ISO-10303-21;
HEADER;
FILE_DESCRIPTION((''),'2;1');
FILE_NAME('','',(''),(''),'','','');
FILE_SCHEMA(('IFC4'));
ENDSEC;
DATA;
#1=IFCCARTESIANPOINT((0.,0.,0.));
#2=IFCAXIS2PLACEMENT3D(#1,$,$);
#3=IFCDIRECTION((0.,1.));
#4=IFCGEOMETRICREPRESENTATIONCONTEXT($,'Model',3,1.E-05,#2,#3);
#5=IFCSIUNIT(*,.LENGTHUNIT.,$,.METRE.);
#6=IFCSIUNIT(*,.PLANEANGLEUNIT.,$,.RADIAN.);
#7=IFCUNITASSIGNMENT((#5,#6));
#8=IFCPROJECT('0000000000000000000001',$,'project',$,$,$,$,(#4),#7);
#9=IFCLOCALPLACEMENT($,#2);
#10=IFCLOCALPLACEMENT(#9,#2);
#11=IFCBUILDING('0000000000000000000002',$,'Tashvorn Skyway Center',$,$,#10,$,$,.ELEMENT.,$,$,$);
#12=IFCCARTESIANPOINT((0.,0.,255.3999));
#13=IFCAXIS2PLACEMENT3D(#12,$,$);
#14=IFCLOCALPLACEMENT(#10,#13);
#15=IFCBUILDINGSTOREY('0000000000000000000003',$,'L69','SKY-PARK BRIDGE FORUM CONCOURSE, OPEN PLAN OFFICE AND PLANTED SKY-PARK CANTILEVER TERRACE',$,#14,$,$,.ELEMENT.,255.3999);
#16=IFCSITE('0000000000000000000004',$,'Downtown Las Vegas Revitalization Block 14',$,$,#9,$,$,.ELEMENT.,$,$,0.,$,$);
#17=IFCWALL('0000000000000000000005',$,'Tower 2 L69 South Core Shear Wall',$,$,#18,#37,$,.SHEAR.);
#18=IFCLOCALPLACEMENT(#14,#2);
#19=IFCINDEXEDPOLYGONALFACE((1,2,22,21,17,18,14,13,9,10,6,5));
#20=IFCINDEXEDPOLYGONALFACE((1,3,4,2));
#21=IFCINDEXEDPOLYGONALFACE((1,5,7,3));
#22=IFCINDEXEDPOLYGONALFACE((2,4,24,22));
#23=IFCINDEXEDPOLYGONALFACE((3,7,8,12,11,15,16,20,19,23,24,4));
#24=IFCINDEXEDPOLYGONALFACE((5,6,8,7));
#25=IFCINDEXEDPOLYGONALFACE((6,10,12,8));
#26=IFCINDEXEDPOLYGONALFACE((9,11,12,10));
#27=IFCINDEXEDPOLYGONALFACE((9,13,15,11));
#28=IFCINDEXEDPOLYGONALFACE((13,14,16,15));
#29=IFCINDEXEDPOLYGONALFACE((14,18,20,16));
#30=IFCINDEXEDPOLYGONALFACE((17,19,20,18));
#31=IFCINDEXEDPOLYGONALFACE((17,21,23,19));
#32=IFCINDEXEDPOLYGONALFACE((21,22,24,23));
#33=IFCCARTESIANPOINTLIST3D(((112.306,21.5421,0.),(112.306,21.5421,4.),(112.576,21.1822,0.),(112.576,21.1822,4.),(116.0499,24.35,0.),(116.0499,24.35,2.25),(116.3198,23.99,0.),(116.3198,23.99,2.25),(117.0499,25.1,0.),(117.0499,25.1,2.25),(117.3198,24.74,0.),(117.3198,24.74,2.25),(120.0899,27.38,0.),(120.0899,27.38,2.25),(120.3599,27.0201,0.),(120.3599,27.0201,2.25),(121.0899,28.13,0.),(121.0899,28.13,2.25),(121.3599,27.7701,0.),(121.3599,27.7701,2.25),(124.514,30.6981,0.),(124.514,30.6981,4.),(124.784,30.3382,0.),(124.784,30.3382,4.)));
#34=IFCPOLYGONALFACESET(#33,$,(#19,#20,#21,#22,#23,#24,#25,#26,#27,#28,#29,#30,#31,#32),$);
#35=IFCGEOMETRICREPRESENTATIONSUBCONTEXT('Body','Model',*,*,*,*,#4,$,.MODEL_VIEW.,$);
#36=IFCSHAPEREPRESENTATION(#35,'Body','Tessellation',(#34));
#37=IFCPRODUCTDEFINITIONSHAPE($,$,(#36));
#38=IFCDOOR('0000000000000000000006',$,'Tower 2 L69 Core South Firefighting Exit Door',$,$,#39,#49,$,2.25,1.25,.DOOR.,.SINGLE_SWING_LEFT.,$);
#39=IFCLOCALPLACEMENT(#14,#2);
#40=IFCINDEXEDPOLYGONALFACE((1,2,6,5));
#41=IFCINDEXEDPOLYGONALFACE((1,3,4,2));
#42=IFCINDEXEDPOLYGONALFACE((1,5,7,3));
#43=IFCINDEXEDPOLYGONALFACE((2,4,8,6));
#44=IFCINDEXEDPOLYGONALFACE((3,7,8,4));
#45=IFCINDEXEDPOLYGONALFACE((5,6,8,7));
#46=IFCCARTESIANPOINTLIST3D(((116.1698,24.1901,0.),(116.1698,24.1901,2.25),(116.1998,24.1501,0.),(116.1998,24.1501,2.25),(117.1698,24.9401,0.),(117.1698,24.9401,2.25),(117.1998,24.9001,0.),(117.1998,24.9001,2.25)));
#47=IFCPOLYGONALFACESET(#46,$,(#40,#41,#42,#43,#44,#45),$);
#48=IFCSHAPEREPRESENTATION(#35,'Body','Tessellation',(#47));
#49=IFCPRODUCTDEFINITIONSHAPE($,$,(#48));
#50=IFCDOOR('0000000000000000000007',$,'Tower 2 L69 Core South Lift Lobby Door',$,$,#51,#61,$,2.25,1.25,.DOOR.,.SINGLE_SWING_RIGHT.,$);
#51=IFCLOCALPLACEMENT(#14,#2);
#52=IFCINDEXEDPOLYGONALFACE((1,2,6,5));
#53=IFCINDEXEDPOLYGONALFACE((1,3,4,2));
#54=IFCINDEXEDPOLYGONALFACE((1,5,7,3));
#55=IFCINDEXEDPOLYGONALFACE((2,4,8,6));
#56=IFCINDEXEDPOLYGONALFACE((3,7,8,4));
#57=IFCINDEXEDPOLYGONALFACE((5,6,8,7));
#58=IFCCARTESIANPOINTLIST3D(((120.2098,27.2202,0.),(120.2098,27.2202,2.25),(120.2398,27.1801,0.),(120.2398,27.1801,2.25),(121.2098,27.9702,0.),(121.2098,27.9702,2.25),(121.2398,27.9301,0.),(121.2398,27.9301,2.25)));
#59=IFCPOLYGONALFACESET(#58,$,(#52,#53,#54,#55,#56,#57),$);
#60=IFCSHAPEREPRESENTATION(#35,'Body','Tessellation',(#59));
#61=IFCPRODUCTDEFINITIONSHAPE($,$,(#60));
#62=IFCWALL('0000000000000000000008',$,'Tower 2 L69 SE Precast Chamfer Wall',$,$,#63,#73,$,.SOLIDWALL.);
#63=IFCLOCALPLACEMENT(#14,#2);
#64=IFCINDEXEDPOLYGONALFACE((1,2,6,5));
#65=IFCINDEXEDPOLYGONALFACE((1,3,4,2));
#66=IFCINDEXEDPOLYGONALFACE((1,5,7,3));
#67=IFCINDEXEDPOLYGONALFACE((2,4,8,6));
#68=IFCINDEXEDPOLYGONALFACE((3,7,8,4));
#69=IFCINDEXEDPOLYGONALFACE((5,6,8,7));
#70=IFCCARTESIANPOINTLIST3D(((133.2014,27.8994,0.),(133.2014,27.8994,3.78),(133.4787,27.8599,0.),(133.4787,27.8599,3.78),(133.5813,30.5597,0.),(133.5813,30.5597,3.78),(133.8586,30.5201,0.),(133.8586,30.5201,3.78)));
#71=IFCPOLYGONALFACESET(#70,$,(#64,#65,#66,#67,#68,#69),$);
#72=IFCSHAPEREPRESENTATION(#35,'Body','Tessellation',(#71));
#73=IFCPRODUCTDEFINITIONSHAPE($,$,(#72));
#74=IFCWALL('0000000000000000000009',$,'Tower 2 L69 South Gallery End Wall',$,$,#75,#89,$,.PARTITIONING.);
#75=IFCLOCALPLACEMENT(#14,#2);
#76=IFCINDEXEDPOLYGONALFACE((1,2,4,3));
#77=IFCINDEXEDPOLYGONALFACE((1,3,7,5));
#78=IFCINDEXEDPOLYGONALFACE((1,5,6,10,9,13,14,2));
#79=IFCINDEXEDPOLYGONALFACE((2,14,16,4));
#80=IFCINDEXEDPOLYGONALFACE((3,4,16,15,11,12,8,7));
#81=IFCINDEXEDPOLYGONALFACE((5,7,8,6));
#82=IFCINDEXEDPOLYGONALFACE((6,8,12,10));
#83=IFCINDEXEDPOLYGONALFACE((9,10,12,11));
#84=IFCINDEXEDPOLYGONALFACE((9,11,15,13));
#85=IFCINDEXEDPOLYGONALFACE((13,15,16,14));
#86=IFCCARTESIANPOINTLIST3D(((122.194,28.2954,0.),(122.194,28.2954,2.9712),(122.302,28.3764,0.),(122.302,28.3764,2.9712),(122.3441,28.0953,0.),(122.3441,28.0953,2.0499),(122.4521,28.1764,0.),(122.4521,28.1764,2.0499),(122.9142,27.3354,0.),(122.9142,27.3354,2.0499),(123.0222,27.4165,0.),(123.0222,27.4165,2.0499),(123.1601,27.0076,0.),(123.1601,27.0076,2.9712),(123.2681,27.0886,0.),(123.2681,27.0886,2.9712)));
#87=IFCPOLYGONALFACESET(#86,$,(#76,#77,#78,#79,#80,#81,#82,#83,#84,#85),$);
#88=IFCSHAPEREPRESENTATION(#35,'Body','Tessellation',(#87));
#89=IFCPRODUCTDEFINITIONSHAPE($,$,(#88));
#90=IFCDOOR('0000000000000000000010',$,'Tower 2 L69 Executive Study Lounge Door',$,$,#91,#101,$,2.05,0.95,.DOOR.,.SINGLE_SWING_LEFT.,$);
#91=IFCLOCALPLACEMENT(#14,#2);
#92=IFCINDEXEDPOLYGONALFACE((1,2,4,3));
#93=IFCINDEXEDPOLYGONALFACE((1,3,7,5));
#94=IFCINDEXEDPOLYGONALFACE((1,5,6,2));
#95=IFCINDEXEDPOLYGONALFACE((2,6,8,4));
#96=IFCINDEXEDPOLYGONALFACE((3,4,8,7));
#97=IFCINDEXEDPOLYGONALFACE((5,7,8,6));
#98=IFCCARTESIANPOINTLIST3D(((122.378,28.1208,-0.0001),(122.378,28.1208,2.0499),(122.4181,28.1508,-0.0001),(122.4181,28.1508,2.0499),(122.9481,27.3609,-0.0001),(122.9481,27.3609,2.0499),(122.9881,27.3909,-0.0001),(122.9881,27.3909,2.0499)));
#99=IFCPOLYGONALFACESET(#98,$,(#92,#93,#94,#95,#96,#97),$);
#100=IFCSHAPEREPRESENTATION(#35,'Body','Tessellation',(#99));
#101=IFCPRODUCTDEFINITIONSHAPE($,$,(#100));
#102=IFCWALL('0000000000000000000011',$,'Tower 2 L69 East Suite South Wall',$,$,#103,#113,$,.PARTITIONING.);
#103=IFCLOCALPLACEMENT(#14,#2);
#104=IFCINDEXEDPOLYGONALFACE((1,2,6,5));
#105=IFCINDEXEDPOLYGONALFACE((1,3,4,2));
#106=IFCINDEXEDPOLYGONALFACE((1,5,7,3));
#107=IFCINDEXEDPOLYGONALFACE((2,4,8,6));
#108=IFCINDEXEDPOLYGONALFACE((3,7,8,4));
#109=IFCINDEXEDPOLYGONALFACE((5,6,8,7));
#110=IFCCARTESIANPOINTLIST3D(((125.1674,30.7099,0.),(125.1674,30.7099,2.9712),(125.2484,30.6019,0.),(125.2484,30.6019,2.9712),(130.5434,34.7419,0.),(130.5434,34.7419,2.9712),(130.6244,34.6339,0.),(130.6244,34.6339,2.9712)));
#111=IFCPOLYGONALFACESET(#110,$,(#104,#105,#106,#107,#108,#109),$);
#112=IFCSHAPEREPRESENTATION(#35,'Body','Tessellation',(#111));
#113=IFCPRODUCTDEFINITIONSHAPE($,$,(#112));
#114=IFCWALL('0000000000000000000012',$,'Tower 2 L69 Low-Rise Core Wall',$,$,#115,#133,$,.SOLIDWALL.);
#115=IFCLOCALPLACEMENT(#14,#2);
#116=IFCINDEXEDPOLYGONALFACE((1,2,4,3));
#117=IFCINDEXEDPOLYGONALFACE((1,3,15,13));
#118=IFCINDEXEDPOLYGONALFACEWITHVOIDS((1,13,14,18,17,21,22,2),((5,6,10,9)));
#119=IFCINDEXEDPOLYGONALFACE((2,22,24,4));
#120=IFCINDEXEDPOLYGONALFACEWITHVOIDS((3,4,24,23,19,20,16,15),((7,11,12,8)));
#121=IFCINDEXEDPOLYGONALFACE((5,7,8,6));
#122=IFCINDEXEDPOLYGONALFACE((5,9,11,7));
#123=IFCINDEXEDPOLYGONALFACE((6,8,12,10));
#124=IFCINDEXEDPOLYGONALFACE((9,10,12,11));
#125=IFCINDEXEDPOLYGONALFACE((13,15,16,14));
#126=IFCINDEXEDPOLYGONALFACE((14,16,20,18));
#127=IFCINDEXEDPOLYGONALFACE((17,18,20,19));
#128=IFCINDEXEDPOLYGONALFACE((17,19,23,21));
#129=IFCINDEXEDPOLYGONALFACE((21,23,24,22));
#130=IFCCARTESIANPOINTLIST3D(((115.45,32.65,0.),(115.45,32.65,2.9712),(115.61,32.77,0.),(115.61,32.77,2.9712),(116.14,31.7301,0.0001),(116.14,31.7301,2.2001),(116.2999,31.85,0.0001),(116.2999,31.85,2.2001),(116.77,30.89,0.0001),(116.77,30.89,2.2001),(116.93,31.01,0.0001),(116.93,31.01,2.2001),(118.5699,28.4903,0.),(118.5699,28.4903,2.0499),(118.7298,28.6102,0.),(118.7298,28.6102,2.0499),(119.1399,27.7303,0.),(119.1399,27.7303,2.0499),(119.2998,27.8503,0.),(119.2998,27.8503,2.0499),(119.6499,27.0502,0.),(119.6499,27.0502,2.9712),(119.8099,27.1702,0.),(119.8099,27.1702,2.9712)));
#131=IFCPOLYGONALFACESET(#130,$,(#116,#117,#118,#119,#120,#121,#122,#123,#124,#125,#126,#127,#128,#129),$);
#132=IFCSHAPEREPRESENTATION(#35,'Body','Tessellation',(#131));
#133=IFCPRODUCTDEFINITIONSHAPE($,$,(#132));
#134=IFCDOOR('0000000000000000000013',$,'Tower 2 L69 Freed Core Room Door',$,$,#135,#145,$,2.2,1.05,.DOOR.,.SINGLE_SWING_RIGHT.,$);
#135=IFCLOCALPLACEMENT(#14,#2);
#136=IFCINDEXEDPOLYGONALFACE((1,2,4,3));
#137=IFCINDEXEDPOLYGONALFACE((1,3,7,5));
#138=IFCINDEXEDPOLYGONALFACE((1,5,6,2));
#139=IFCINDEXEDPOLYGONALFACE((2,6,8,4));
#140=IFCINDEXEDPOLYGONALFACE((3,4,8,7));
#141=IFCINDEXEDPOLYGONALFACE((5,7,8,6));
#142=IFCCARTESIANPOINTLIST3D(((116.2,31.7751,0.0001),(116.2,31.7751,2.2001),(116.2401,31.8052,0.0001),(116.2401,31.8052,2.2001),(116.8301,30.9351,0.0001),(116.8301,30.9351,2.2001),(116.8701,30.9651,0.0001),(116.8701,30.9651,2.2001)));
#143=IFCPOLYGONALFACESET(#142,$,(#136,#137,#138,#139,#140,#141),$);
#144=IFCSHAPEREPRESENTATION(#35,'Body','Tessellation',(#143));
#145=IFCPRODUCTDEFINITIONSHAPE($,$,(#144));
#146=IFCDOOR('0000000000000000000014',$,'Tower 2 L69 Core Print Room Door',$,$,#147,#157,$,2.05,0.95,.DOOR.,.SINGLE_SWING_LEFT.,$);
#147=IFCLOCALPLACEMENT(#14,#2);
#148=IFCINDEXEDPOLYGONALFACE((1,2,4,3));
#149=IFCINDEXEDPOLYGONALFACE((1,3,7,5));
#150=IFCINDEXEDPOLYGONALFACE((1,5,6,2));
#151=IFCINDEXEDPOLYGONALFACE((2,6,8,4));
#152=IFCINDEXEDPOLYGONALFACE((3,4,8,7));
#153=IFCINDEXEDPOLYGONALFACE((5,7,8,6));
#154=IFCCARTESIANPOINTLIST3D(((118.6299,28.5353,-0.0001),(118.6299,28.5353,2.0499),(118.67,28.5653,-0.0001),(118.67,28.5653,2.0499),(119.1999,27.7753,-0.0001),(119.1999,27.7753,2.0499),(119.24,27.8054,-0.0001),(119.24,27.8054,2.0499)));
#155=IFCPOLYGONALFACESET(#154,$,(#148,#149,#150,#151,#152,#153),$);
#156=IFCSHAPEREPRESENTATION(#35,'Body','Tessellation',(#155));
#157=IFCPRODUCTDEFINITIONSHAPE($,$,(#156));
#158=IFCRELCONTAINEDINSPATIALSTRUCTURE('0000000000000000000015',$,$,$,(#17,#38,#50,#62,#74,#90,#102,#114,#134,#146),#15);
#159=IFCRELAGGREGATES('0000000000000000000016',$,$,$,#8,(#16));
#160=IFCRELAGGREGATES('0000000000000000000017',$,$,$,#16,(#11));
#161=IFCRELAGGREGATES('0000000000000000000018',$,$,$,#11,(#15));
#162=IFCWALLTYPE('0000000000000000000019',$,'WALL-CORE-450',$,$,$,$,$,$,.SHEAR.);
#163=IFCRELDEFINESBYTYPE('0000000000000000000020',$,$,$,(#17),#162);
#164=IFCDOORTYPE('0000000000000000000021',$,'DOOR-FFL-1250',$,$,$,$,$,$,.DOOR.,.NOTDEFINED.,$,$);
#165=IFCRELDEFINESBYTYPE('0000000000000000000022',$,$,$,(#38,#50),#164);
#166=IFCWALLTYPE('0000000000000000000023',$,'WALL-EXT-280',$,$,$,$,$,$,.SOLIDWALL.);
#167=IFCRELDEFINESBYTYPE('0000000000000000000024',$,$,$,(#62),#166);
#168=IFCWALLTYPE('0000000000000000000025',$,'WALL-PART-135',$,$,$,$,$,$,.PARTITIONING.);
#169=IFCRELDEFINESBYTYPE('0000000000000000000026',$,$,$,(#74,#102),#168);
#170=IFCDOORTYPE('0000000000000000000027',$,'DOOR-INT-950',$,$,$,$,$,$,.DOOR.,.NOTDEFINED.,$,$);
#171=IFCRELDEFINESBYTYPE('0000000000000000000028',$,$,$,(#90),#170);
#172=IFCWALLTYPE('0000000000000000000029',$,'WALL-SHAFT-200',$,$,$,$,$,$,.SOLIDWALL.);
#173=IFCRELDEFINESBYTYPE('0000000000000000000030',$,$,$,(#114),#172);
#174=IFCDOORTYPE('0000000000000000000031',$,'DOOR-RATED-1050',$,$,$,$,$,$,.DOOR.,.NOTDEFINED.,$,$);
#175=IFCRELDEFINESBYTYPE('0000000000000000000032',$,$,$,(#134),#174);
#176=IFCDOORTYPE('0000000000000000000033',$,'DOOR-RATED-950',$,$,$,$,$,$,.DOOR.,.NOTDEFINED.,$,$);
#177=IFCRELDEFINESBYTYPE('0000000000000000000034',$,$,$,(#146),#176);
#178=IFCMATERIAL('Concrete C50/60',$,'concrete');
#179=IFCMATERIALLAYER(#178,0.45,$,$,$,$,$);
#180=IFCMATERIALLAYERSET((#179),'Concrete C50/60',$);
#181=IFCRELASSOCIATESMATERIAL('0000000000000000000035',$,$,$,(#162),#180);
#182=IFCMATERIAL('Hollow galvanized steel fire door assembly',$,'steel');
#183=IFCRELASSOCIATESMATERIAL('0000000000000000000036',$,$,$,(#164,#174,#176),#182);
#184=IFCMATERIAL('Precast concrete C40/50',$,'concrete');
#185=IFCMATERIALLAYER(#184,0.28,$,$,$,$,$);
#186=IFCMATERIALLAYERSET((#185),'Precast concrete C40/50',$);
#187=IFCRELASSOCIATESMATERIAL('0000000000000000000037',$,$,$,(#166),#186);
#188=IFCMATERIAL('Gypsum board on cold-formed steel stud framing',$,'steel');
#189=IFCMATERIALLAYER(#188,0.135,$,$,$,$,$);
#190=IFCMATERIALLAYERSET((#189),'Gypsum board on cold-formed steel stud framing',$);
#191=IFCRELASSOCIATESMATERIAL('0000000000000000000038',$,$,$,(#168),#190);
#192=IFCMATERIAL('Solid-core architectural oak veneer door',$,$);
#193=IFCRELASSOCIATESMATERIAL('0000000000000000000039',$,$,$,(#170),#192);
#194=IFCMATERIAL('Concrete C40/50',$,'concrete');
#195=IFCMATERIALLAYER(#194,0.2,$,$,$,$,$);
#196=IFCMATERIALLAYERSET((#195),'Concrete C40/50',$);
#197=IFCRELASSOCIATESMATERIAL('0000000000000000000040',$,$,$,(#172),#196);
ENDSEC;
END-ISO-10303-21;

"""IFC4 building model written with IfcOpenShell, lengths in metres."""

from ifc_helpers import new_model, si_unit, direction, frame, frame_2d, origin, place, context, subcontext, project, spatial, rectangle, extrude, material, layer, layer_set, type_object, element, fill, save


model = new_model("IFC4")

# Units and contexts
model_context = context("Model", 3, precision=1e-05, world=origin(), true_north=direction((0.0, 1.0)))
body_context = subcontext(model_context, "Body", "Model", "MODEL_VIEW")
ifc_project = project(units=[si_unit("LENGTHUNIT", "METRE"), si_unit("PLANEANGLEUNIT", "RADIAN")], contexts=[model_context])

# Site, building, storey
site_placement = place(None, origin())
site = spatial("IfcSite", under=ifc_project, at=site_placement, Name="Downtown Las Vegas Revitalization Block 14", CompositionType="ELEMENT", RefElevation=0.0)
building_placement = place(site_placement, origin())
building = spatial("IfcBuilding", under=site, at=building_placement, Name="Tashvorn Skyway Center", CompositionType="ELEMENT")
storey_placement = place(building_placement, frame((0.0, 0.0, 255.3999)))
storey = spatial("IfcBuildingStorey", under=building, at=storey_placement, Name="L69", Description="SKY-PARK BRIDGE FORUM CONCOURSE, OPEN PLAN OFFICE AND PLANTED SKY-PARK CANTILEVER TERRACE", CompositionType="ELEMENT", Elevation=255.3999)

# Wall, openings, doors
ifc_material_1 = material(Name="Concrete C50/60", Category="concrete")
ifc_layer_1 = layer(ifc_material_1, 0.45)
ifc_layer_set_1 = layer_set([ifc_layer_1], Name="Concrete C50/60")
wall_type_1 = type_object("IfcWallType", Name="WALL-CORE-450", PredefinedType="SHEAR", material=ifc_layer_set_1)
wall_1_placement = place(storey_placement, frame((124.6489, 30.5181, 0.0), z_axis=(0.0, 0.0, 1.0), x_axis=(-0.8, -0.6, 0.0)))
wall_1 = element("IfcWall", 1, at=wall_1_placement, inside=storey, type_object=wall_type_1, Name="Tower 2 L69 South Core Shear Wall", PredefinedType="SHEAR", context=body_context, shape_type="SweptSolid", body=[
    extrude(rectangle(XDim=15.26, YDim=0.45, at=frame_2d((7.6299, 0.0))), origin(), (0.0, 0.0, 1.0), 4.0),
])
opening_1_placement = place(wall_1_placement, frame((9.3301, 0.0, 0.0)))
opening_1 = element("IfcOpeningElement", 2, at=opening_1_placement, cuts=wall_1, PredefinedType="OPENING", context=body_context, shape_type="SweptSolid", body=[
    extrude(rectangle(XDim=1.25, YDim=2.25, at=frame_2d((0.625, 1.125))), frame((0.0, 0.2349, 0.0), z_axis=(0.0, -1.0, 0.0), x_axis=(1.0, 0.0, 0.0)), (0.0, 0.0, 1.0), 0.47),
])
opening_2_placement = place(wall_1_placement, frame((4.28, 0.0, 0.0)))
opening_2 = element("IfcOpeningElement", 3, at=opening_2_placement, cuts=wall_1, PredefinedType="OPENING", context=body_context, shape_type="SweptSolid", body=[
    extrude(rectangle(XDim=1.25, YDim=2.25, at=frame_2d((0.625, 1.125))), frame((0.0, 0.2349, 0.0), z_axis=(0.0, -1.0, 0.0), x_axis=(1.0, 0.0, 0.0)), (0.0, 0.0, 1.0), 0.47),
])
ifc_material_2 = material(Name="Hollow galvanized steel fire door assembly", Category="steel")
door_type_1 = type_object("IfcDoorType", Name="DOOR-FFL-1250", OperationType="NOTDEFINED", PredefinedType="DOOR", material=ifc_material_2)
door_1_placement = place(opening_1_placement, origin())
door_1 = element("IfcDoor", 4, at=door_1_placement, inside=storey, type_object=door_type_1, Name="Tower 2 L69 Core South Firefighting Exit Door", OperationType="SINGLE_SWING_LEFT", OverallHeight=2.25, OverallWidth=1.25, PredefinedType="DOOR", context=body_context, shape_type="SweptSolid", body=[
    extrude(rectangle(XDim=1.25, YDim=2.25, at=frame_2d((0.625, 1.125))), frame((0.0, 0.0249, 0.0), z_axis=(0.0, -1.0, 0.0), x_axis=(1.0, 0.0, 0.0)), (0.0, 0.0, 1.0), 0.05),
])
fill(opening_1, door_1)
door_2_placement = place(opening_2_placement, origin())
door_2 = element("IfcDoor", 5, at=door_2_placement, inside=storey, type_object=door_type_1, Name="Tower 2 L69 Core South Lift Lobby Door", OperationType="SINGLE_SWING_RIGHT", OverallHeight=2.25, OverallWidth=1.25, PredefinedType="DOOR", context=body_context, shape_type="SweptSolid", body=[
    extrude(rectangle(XDim=1.25, YDim=2.25, at=frame_2d((0.625, 1.125))), frame((0.0, 0.0249, 0.0), z_axis=(0.0, -1.0, 0.0), x_axis=(1.0, 0.0, 0.0)), (0.0, 0.0, 1.0), 0.05),
])
fill(opening_2, door_2)

# Wall
ifc_material_3 = material(Name="Precast concrete C40/50", Category="concrete")
ifc_layer_2 = layer(ifc_material_3, 0.28)
ifc_layer_set_2 = layer_set([ifc_layer_2], Name="Precast concrete C40/50")
wall_type_2 = type_object("IfcWallType", Name="WALL-EXT-280", PredefinedType="SOLIDWALL", material=ifc_layer_set_2)
wall_2_placement = place(storey_placement, frame((133.72, 30.54, 0.0), z_axis=(0.0, 0.0, 1.0), x_axis=(-0.14137, -0.989957, 0.0)))
element("IfcWall", 6, at=wall_2_placement, inside=storey, type_object=wall_type_2, Name="Tower 2 L69 SE Precast Chamfer Wall", PredefinedType="SOLIDWALL", context=body_context, shape_type="SweptSolid", body=[
    extrude(rectangle(XDim=2.6873, YDim=0.28, at=frame_2d((1.3438, 0.0))), origin(), (0.0, 0.0, 1.0), 3.78),
])

# Wall, opening, door
ifc_material_4 = material(Name="Gypsum board on cold-formed steel stud framing", Category="steel")
ifc_layer_3 = layer(ifc_material_4, 0.135)
ifc_layer_set_3 = layer_set([ifc_layer_3], Name="Gypsum board on cold-formed steel stud framing")
wall_type_3 = type_object("IfcWallType", Name="WALL-PART-135", PredefinedType="PARTITIONING", material=ifc_layer_set_3)
wall_3_placement = place(storey_placement, frame((122.248, 28.3359, 0.0), z_axis=(0.0, 0.0, 1.0), x_axis=(0.600073, -0.799945, 0.0)))
wall_3 = element("IfcWall", 7, at=wall_3_placement, inside=storey, type_object=wall_type_3, Name="Tower 2 L69 South Gallery End Wall", PredefinedType="PARTITIONING", context=body_context, shape_type="SweptSolid", body=[
    extrude(rectangle(XDim=1.6099, YDim=0.135, at=frame_2d((0.8049, 0.0))), origin(), (0.0, 0.0, 1.0), 2.9712),
])
opening_3_placement = place(wall_3_placement, frame((0.25, 0.0, 0.0)))
opening_3 = element("IfcOpeningElement", 8, at=opening_3_placement, cuts=wall_3, PredefinedType="OPENING", context=body_context, shape_type="SweptSolid", body=[
    extrude(rectangle(XDim=0.95, YDim=2.05, at=frame_2d((0.4751, 1.0249))), frame((0.0, 0.0774, 0.0), z_axis=(0.0, -1.0, 0.0), x_axis=(1.0, 0.0, 0.0)), (0.0, 0.0, 1.0), 0.155),
])
ifc_material_5 = material(Name="Solid-core architectural oak veneer door")
door_type_2 = type_object("IfcDoorType", Name="DOOR-INT-950", OperationType="NOTDEFINED", PredefinedType="DOOR", material=ifc_material_5)
door_3_placement = place(opening_3_placement, origin())
door_3 = element("IfcDoor", 9, at=door_3_placement, inside=storey, type_object=door_type_2, Name="Tower 2 L69 Executive Study Lounge Door", OperationType="SINGLE_SWING_LEFT", OverallHeight=2.05, OverallWidth=0.95, PredefinedType="DOOR", context=body_context, shape_type="SweptSolid", body=[
    extrude(rectangle(XDim=0.95, YDim=2.05, at=frame_2d((0.4751, 1.0249))), frame((0.0, 0.0249, 0.0), z_axis=(0.0, -1.0, 0.0), x_axis=(1.0, 0.0, 0.0)), (0.0, 0.0, 1.0), 0.05),
])
fill(opening_3, door_3)

# Wall
wall_4_placement = place(storey_placement, frame((125.208, 30.656, 0.0), z_axis=(0.0, 0.0, 1.0), x_axis=(0.8, 0.6, 0.0)))
element("IfcWall", 10, at=wall_4_placement, inside=storey, type_object=wall_type_3, Name="Tower 2 L69 East Suite South Wall", PredefinedType="PARTITIONING", context=body_context, shape_type="SweptSolid", body=[
    extrude(rectangle(XDim=6.72, YDim=0.135, at=frame_2d((3.3599, 0.0))), origin(), (0.0, 0.0, 1.0), 2.9712),
])

# Wall, openings, doors
ifc_material_6 = material(Name="Concrete C40/50", Category="concrete")
ifc_layer_4 = layer(ifc_material_6, 0.2)
ifc_layer_set_4 = layer_set([ifc_layer_4], Name="Concrete C40/50")
wall_type_4 = type_object("IfcWallType", Name="WALL-SHAFT-200", PredefinedType="SOLIDWALL", material=ifc_layer_set_4)
wall_5_placement = place(storey_placement, frame((119.73, 27.1101, 0.0), z_axis=(0.0, 0.0, 1.0), x_axis=(-0.600006, 0.799996, 0.0)))
wall_5 = element("IfcWall", 11, at=wall_5_placement, inside=storey, type_object=wall_type_4, Name="Tower 2 L69 Low-Rise Core Wall", PredefinedType="SOLIDWALL", context=body_context, shape_type="SweptSolid", body=[
    extrude(rectangle(XDim=6.9998, YDim=0.2, at=frame_2d((3.5, 0.0))), origin(), (0.0, 0.0, 1.0), 2.9712),
])
opening_4_placement = place(wall_5_placement, frame((0.8501, 0.0, 0.0)))
opening_4 = element("IfcOpeningElement", 12, at=opening_4_placement, cuts=wall_5, PredefinedType="OPENING", context=body_context, shape_type="SweptSolid", body=[
    extrude(rectangle(XDim=0.95, YDim=2.05, at=frame_2d((0.4751, 1.0249))), frame((0.0, 0.1099, 0.0), z_axis=(0.0, -1.0, 0.0), x_axis=(1.0, 0.0, 0.0)), (0.0, 0.0, 1.0), 0.22),
])
opening_5_placement = place(wall_5_placement, frame((4.8, 0.0, 0.0)))
opening_5 = element("IfcOpeningElement", 13, at=opening_5_placement, cuts=wall_5, PredefinedType="OPENING", context=body_context, shape_type="SweptSolid", body=[
    extrude(rectangle(XDim=1.05, YDim=2.2, at=frame_2d((0.5249, 1.1001))), frame((0.0, 0.1099, 0.0), z_axis=(0.0, -1.0, 0.0), x_axis=(1.0, 0.0, 0.0)), (0.0, 0.0, 1.0), 0.22),
])
door_type_3 = type_object("IfcDoorType", Name="DOOR-RATED-1050", OperationType="NOTDEFINED", PredefinedType="DOOR", material=ifc_material_2)
door_4_placement = place(opening_5_placement, origin())
door_4 = element("IfcDoor", 14, at=door_4_placement, inside=storey, type_object=door_type_3, Name="Tower 2 L69 Freed Core Room Door", OperationType="SINGLE_SWING_RIGHT", OverallHeight=2.2, OverallWidth=1.05, PredefinedType="DOOR", context=body_context, shape_type="SweptSolid", body=[
    extrude(rectangle(XDim=1.05, YDim=2.2, at=frame_2d((0.5249, 1.1001))), frame((0.0, 0.0249, 0.0), z_axis=(0.0, -1.0, 0.0), x_axis=(1.0, 0.0, 0.0)), (0.0, 0.0, 1.0), 0.05),
])
fill(opening_5, door_4)
door_type_4 = type_object("IfcDoorType", Name="DOOR-RATED-950", OperationType="NOTDEFINED", PredefinedType="DOOR", material=ifc_material_2)
door_5_placement = place(opening_4_placement, origin())
door_5 = element("IfcDoor", 15, at=door_5_placement, inside=storey, type_object=door_type_4, Name="Tower 2 L69 Core Print Room Door", OperationType="SINGLE_SWING_LEFT", OverallHeight=2.05, OverallWidth=0.95, PredefinedType="DOOR", context=body_context, shape_type="SweptSolid", body=[
    extrude(rectangle(XDim=0.95, YDim=2.05, at=frame_2d((0.4751, 1.0249))), frame((0.0, 0.0249, 0.0), z_axis=(0.0, -1.0, 0.0), x_axis=(1.0, 0.0, 0.0)), (0.0, 0.0, 1.0), 0.05),
])
fill(opening_4, door_5)

save(model, "model.ifc")
